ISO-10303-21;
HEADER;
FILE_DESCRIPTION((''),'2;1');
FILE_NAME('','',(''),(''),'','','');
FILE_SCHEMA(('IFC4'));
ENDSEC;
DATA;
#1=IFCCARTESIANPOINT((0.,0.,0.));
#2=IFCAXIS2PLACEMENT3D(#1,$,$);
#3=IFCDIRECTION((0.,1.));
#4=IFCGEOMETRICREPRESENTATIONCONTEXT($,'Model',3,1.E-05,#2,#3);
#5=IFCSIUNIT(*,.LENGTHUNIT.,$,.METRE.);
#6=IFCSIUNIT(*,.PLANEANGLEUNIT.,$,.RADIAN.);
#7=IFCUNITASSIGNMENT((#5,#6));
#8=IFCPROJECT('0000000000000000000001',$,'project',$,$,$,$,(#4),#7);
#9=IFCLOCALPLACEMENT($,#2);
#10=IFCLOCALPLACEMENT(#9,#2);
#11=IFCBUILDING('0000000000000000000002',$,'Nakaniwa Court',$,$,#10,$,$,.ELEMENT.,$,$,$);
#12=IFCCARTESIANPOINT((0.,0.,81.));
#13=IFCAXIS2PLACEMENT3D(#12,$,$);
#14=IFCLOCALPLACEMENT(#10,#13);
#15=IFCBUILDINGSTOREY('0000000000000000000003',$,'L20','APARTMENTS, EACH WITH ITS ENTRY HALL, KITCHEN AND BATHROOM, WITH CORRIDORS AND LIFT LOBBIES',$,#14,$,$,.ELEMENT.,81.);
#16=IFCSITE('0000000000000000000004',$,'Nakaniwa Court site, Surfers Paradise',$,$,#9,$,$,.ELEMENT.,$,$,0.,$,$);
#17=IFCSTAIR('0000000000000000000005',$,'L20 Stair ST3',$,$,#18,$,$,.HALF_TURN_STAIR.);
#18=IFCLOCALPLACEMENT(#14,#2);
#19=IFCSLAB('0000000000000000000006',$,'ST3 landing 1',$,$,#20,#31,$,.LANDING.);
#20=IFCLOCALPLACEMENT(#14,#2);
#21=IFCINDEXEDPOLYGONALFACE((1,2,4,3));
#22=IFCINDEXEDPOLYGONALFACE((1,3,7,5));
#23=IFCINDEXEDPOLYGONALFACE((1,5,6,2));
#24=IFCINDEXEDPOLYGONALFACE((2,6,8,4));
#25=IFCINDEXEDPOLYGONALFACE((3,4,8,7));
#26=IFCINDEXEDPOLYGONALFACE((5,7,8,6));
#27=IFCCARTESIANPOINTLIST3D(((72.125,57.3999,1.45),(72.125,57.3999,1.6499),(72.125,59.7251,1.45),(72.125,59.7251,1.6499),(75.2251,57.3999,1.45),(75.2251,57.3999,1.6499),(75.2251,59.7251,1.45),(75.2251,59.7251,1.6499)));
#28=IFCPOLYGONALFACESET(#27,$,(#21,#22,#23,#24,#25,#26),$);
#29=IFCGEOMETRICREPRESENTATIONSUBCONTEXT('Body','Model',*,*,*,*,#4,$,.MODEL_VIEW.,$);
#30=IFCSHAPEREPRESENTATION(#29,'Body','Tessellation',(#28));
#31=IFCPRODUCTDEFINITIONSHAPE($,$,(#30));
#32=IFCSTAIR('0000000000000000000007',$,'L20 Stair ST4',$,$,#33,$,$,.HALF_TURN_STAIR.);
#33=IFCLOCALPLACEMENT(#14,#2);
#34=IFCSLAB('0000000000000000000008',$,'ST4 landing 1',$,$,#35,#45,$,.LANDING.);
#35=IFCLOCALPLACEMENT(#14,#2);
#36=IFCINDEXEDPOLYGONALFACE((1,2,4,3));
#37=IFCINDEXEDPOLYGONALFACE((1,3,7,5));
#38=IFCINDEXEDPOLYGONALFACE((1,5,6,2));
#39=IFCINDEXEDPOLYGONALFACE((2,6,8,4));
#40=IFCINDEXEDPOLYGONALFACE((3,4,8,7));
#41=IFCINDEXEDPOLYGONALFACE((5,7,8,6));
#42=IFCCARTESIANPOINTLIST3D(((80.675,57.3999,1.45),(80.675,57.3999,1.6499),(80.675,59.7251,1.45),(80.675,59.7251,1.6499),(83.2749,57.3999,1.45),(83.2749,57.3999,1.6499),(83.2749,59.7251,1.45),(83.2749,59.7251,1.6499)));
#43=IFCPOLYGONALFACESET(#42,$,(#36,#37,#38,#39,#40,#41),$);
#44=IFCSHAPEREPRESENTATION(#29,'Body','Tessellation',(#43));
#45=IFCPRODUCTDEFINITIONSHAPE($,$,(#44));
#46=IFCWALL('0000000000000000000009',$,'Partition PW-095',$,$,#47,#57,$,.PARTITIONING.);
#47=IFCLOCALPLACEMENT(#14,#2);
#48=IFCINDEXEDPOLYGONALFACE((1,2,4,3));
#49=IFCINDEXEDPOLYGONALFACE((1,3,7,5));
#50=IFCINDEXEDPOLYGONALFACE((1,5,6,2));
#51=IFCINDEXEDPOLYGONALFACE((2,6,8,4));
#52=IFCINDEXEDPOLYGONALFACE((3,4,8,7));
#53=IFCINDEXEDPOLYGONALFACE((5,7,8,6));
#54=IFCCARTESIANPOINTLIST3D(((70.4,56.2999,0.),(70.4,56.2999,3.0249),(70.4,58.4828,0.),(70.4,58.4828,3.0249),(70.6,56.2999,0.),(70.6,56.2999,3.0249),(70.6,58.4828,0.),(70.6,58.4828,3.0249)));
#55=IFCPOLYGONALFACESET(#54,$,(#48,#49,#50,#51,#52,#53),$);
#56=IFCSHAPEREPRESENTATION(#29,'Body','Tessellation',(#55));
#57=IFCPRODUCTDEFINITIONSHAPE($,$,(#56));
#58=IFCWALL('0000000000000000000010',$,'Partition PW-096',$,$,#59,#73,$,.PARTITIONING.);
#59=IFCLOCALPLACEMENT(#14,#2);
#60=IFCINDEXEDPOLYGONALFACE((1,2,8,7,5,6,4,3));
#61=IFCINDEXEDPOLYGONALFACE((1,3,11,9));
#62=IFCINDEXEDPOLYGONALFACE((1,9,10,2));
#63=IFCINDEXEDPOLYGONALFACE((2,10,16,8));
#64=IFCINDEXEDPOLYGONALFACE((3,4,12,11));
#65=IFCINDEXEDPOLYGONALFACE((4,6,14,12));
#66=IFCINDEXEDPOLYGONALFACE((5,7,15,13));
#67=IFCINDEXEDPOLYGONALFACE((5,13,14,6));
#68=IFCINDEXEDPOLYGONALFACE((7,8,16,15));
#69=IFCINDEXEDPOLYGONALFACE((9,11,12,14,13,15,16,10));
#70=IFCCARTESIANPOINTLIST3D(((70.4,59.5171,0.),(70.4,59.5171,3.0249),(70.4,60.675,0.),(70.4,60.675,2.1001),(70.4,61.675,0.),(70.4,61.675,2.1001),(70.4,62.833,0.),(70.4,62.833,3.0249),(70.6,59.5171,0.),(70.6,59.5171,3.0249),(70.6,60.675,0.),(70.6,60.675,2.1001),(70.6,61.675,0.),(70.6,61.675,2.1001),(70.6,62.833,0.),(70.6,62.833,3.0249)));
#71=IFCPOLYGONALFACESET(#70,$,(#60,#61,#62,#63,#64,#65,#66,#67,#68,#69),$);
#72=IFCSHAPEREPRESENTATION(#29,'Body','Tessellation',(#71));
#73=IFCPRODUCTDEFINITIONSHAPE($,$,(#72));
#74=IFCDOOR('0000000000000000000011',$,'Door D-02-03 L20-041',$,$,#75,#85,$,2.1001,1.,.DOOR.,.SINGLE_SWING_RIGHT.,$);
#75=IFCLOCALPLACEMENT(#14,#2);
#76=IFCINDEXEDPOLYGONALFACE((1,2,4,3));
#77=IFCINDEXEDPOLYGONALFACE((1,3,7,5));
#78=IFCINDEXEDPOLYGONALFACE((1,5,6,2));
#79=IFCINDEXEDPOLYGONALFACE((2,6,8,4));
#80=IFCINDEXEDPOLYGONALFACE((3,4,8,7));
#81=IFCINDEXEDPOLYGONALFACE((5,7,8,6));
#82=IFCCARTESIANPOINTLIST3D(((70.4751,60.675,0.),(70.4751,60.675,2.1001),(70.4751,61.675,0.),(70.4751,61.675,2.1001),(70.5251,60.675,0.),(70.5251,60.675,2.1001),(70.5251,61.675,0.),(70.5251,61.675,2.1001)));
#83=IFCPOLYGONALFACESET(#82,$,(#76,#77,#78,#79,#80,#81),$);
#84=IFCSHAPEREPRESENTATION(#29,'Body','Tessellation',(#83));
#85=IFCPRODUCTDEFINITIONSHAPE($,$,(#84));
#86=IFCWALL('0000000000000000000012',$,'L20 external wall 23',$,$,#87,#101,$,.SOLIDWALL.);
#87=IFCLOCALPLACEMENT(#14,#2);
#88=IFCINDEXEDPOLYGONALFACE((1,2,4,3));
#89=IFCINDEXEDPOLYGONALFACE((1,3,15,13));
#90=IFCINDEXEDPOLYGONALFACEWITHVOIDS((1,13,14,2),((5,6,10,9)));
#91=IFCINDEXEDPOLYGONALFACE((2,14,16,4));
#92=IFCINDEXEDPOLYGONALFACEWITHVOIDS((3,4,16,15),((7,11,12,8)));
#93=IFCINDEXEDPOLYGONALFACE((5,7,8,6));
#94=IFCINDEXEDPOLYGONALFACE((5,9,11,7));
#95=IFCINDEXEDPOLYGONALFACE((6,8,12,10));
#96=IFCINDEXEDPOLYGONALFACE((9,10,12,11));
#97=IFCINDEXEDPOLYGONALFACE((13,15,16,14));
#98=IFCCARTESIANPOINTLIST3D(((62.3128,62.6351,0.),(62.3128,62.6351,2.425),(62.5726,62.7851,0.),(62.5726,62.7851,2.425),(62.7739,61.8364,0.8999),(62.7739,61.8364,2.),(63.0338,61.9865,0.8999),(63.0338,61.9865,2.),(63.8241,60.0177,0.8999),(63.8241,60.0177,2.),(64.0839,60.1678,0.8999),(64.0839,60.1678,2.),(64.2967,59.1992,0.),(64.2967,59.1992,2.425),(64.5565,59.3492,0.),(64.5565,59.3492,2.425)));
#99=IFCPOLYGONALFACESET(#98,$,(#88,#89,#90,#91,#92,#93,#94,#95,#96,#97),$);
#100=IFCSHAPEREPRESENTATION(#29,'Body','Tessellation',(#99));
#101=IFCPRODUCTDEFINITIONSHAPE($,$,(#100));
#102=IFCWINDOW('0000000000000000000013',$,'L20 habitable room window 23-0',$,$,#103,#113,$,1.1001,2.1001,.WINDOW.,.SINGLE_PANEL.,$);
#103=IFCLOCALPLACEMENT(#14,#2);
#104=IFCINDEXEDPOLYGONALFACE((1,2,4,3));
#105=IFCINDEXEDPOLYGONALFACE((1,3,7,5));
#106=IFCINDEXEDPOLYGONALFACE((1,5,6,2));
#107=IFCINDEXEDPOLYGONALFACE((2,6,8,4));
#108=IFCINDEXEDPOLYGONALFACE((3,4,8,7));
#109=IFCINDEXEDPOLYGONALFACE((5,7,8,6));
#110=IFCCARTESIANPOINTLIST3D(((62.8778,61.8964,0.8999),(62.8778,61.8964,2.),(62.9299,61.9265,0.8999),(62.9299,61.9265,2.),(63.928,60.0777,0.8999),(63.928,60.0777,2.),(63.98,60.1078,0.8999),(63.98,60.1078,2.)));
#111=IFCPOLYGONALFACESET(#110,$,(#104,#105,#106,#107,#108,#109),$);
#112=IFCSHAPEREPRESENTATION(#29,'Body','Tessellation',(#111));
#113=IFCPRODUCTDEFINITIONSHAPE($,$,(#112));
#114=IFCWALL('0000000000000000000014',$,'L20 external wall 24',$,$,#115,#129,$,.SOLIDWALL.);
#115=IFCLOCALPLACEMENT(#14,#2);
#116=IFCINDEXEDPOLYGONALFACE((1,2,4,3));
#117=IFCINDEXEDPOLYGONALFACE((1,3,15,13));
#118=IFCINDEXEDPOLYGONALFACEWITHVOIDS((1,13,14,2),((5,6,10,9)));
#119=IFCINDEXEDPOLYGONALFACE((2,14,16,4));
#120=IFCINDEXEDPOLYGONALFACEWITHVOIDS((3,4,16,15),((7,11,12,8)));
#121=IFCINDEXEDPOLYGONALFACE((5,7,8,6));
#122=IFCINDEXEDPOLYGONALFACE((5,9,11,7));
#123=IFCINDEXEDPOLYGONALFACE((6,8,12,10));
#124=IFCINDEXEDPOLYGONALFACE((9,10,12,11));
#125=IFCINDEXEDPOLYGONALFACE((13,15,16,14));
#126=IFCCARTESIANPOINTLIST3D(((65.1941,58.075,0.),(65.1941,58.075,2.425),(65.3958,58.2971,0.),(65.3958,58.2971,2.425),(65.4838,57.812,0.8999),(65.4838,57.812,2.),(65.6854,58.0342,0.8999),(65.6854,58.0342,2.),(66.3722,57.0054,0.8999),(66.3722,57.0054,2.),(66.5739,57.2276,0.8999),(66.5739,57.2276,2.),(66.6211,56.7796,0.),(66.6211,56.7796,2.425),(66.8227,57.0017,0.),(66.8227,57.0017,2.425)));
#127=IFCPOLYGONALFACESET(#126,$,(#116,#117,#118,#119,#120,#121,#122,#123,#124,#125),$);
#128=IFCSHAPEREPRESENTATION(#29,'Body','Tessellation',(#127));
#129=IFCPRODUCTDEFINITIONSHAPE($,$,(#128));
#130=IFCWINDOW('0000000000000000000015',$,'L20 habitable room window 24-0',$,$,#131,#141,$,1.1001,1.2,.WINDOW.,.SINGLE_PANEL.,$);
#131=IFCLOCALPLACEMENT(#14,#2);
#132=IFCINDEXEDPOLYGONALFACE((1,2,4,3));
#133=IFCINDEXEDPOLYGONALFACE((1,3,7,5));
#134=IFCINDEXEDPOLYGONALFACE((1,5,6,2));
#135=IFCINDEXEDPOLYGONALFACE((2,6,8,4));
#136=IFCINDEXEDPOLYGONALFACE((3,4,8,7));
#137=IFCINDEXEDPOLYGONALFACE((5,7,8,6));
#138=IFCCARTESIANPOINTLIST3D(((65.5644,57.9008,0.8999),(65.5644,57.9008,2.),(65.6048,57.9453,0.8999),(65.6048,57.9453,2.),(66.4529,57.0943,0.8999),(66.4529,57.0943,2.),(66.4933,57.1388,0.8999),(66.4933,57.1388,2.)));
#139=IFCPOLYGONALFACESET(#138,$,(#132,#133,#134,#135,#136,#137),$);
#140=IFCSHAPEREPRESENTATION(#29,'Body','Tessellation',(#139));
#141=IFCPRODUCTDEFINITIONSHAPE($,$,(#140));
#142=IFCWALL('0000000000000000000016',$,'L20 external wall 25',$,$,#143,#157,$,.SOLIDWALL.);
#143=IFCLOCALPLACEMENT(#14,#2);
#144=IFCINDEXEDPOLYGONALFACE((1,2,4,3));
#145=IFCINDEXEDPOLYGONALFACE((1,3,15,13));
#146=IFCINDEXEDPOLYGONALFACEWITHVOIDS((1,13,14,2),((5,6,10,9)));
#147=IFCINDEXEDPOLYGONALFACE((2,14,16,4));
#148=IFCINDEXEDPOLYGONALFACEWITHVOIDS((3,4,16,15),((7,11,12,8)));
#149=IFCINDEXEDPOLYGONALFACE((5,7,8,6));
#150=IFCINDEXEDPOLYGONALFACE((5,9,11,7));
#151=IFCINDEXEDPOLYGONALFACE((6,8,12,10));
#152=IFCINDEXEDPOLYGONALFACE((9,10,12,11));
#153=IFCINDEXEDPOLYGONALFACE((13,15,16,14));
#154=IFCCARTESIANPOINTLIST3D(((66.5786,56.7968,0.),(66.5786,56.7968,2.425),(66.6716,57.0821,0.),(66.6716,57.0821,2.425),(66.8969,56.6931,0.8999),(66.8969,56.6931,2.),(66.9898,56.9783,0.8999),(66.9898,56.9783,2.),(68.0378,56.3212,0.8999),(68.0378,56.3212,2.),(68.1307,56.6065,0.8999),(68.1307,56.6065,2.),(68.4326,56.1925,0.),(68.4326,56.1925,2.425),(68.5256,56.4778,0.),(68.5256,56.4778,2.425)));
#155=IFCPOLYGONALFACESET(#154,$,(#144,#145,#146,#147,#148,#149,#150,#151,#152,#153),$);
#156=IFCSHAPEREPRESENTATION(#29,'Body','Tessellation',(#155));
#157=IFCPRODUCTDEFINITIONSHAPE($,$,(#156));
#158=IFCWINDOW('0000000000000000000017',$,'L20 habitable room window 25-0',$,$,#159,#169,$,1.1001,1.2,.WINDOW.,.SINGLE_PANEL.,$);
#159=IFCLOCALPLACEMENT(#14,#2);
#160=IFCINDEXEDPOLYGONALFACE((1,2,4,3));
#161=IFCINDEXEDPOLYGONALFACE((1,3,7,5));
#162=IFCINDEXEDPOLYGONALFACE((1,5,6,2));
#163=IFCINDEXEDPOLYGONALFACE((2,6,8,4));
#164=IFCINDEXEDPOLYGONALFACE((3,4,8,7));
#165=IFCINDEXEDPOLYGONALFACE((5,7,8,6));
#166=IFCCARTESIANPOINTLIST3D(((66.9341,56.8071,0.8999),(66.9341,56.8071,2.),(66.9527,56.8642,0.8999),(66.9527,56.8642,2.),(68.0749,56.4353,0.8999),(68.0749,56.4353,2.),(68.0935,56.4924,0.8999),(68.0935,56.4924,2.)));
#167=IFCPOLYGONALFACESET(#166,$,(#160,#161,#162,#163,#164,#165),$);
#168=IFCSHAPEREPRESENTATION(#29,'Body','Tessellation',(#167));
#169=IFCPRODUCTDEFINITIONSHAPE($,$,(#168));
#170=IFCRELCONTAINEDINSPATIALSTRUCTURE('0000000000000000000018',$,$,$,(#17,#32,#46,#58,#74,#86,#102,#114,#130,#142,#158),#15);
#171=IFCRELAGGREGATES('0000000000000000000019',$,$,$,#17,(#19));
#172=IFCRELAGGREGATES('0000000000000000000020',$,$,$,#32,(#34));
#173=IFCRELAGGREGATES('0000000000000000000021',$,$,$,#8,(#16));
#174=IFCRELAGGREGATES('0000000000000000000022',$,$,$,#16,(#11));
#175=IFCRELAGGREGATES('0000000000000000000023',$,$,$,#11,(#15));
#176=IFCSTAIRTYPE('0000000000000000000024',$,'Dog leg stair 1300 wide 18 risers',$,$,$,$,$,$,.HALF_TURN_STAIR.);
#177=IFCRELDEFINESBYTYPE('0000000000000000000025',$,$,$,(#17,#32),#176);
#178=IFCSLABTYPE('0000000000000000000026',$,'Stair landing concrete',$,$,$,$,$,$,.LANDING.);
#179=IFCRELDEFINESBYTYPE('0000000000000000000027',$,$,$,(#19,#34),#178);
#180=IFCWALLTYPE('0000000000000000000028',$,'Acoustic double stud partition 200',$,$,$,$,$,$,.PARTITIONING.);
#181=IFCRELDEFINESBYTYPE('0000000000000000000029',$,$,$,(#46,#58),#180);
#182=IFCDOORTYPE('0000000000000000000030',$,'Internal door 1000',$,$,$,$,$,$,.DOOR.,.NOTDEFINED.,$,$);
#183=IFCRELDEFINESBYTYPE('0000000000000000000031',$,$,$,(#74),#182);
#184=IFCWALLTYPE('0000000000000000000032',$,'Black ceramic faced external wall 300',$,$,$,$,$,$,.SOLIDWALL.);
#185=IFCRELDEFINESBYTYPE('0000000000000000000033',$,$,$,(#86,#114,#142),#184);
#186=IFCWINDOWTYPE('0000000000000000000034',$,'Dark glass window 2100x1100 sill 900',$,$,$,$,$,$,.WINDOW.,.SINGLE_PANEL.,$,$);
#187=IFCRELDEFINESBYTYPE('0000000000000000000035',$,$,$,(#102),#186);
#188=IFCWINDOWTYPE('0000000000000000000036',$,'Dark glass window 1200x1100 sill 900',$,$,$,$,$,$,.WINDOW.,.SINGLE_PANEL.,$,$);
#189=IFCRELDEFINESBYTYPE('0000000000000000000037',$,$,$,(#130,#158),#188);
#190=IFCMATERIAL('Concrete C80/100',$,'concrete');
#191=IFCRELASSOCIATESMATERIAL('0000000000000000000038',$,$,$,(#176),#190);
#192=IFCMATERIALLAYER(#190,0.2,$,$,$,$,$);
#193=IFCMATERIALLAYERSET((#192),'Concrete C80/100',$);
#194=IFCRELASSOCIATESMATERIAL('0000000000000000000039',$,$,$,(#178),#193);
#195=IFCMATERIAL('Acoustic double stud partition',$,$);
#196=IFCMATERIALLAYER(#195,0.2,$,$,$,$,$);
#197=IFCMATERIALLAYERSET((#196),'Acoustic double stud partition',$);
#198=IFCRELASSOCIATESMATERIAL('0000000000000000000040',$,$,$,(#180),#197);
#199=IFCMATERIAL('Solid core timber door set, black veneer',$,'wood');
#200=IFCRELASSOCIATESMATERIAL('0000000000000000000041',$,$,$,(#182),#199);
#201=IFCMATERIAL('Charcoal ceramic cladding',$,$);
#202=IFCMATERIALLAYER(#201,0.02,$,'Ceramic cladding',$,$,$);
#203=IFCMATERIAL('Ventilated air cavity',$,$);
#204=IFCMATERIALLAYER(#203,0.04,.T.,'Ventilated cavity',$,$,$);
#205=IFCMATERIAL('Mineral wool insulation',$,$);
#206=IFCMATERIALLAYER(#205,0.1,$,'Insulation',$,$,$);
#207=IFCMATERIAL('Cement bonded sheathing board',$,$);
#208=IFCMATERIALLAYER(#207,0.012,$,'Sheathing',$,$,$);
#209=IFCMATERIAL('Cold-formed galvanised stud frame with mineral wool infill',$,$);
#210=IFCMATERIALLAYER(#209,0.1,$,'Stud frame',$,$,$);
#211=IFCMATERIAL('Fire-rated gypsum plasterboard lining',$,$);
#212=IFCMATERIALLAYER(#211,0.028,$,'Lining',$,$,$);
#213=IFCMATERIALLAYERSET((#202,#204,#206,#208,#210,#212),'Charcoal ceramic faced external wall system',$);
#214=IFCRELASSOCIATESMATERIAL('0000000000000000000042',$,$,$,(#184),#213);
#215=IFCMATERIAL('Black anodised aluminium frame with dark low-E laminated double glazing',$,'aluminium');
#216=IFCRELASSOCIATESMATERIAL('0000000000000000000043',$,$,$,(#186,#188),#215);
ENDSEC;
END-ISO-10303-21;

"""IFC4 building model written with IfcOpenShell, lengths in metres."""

from ifc_helpers import new_model, si_unit, direction, frame, frame_2d, origin, place, context, subcontext, project, spatial, polyline, rectangle, outline, extrude, material, layer, layer_set, type_object, element, fill, aggregate, save


model = new_model("IFC4")

# Units and contexts
model_context = context("Model", 3, precision=1e-05, world=origin(), true_north=direction((0.0, 1.0)))
body_context = subcontext(model_context, "Body", "Model", "MODEL_VIEW")
ifc_project = project(units=[si_unit("LENGTHUNIT", "METRE"), si_unit("PLANEANGLEUNIT", "RADIAN")], contexts=[model_context])

# Site, building, storey
site_placement = place(None, origin())
site = spatial("IfcSite", under=ifc_project, at=site_placement, Name="Nakaniwa Court site, Surfers Paradise", CompositionType="ELEMENT", RefElevation=0.0)
building_placement = place(site_placement, origin())
building = spatial("IfcBuilding", under=site, at=building_placement, Name="Nakaniwa Court", CompositionType="ELEMENT")
storey_placement = place(building_placement, frame((0.0, 0.0, 81.0)))
storey = spatial("IfcBuildingStorey", under=building, at=storey_placement, Name="L20", Description="APARTMENTS, EACH WITH ITS ENTRY HALL, KITCHEN AND BATHROOM, WITH CORRIDORS AND LIFT LOBBIES", CompositionType="ELEMENT", Elevation=81.0)

# Shared definitions
ifc_material_1 = material(Name="Concrete C80/100", Category="concrete")

# Stairs, slabs
stair_type = type_object("IfcStairType", Name="Dog leg stair 1300 wide 18 risers", PredefinedType="HALF_TURN_STAIR", material=ifc_material_1)
ifc_layer_1 = layer(ifc_material_1, 0.2)
ifc_layer_set_1 = layer_set([ifc_layer_1], Name="Concrete C80/100")
slab_type_1 = type_object("IfcSlabType", Name="Stair landing concrete", PredefinedType="LANDING", material=ifc_layer_set_1)
stair_1_placement = place(storey_placement, origin())
stair_1 = element("IfcStair", 1, at=stair_1_placement, inside=storey, type_object=stair_type, Name="L20 Stair ST3", PredefinedType="HALF_TURN_STAIR")
slab_1_placement = place(storey_placement, frame((0.0, 0.0, 1.45)))
slab_1 = element("IfcSlab", 2, at=slab_1_placement, type_object=slab_type_1, Name="ST3 landing 1", PredefinedType="LANDING", context=body_context, shape_type="SweptSolid", body=[
    extrude(outline(polyline([(75.2251, 57.3999), (75.2251, 59.7251), (72.125, 59.7251), (72.125, 57.3999), (75.2251, 57.3999)])), origin(), (0.0, 0.0, 1.0), 0.2),
])
aggregate(stair_1, [slab_1])
stair_2_placement = place(storey_placement, origin())
stair_2 = element("IfcStair", 3, at=stair_2_placement, inside=storey, type_object=stair_type, Name="L20 Stair ST4", PredefinedType="HALF_TURN_STAIR")
slab_2_placement = place(storey_placement, frame((0.0, 0.0, 1.45)))
slab_2 = element("IfcSlab", 4, at=slab_2_placement, type_object=slab_type_1, Name="ST4 landing 1", PredefinedType="LANDING", context=body_context, shape_type="SweptSolid", body=[
    extrude(outline(polyline([(83.2749, 57.3999), (83.2749, 59.7251), (80.675, 59.7251), (80.675, 57.3999), (83.2749, 57.3999)])), origin(), (0.0, 0.0, 1.0), 0.2),
])
aggregate(stair_2, [slab_2])

# Wall
ifc_material_2 = material(Name="Acoustic double stud partition")
ifc_layer_2 = layer(ifc_material_2, 0.2)
ifc_layer_set_2 = layer_set([ifc_layer_2], Name="Acoustic double stud partition")
wall_type_1 = type_object("IfcWallType", Name="Acoustic double stud partition 200", PredefinedType="PARTITIONING", material=ifc_layer_set_2)
wall_1_placement = place(storey_placement, frame((70.5, 56.3, 0.0), z_axis=(0.0, 0.0, 1.0), x_axis=(0.0, 1.0, 0.0)))
element("IfcWall", 5, at=wall_1_placement, inside=storey, type_object=wall_type_1, Name="Partition PW-095", PredefinedType="PARTITIONING", context=body_context, shape_type="SweptSolid", body=[
    extrude(rectangle(XDim=2.1829, YDim=0.2, at=frame_2d((1.0913, 0.0))), origin(), (0.0, 0.0, 1.0), 3.0249),
])

# Wall, opening, door
wall_2_placement = place(storey_placement, frame((70.5, 59.5171, 0.0), z_axis=(0.0, 0.0, 1.0), x_axis=(0.0, 1.0, 0.0)))
wall_2 = element("IfcWall", 6, at=wall_2_placement, inside=storey, type_object=wall_type_1, Name="Partition PW-096", PredefinedType="PARTITIONING", context=body_context, shape_type="SweptSolid", body=[
    extrude(rectangle(XDim=3.3159, YDim=0.2, at=frame_2d((1.658, 0.0))), origin(), (0.0, 0.0, 1.0), 3.0249),
])
opening_1_placement = place(wall_2_placement, frame((1.158, 0.0, 0.0)))
opening_1 = element("IfcOpeningElement", 7, at=opening_1_placement, cuts=wall_2, PredefinedType="OPENING", context=body_context, shape_type="SweptSolid", body=[
    extrude(rectangle(XDim=1.0, YDim=2.1001, at=frame_2d((0.5, 1.05))), frame((0.0, 0.1099, 0.0), z_axis=(0.0, -1.0, 0.0), x_axis=(1.0, 0.0, 0.0)), (0.0, 0.0, 1.0), 0.22),
])
ifc_material_3 = material(Name="Solid core timber door set, black veneer", Category="wood")
door_type = type_object("IfcDoorType", Name="Internal door 1000", OperationType="NOTDEFINED", PredefinedType="DOOR", material=ifc_material_3)
door_placement = place(opening_1_placement, origin())
door = element("IfcDoor", 8, at=door_placement, inside=storey, type_object=door_type, Name="Door D-02-03 L20-041", OperationType="SINGLE_SWING_RIGHT", OverallHeight=2.1001, OverallWidth=1.0, PredefinedType="DOOR", context=body_context, shape_type="SweptSolid", body=[
    extrude(rectangle(XDim=1.0, YDim=2.1001, at=frame_2d((0.5, 1.05))), frame((0.0, 0.0249, 0.0), z_axis=(0.0, -1.0, 0.0), x_axis=(1.0, 0.0, 0.0)), (0.0, 0.0, 1.0), 0.05),
])
fill(opening_1, door)

# Walls, openings, windows
ifc_material_4 = material(Name="Charcoal ceramic cladding")
ifc_layer_3 = layer(ifc_material_4, 0.02, Name="Ceramic cladding")
ifc_material_5 = material(Name="Ventilated air cavity")
ifc_layer_4 = layer(ifc_material_5, 0.04, ventilated=True, Name="Ventilated cavity")
ifc_material_6 = material(Name="Mineral wool insulation")
ifc_layer_5 = layer(ifc_material_6, 0.1, Name="Insulation")
ifc_material_7 = material(Name="Cement bonded sheathing board")
ifc_layer_6 = layer(ifc_material_7, 0.012, Name="Sheathing")
ifc_material_8 = material(Name="Cold-formed galvanised stud frame with mineral wool infill")
ifc_layer_7 = layer(ifc_material_8, 0.1, Name="Stud frame")
ifc_material_9 = material(Name="Fire-rated gypsum plasterboard lining")
ifc_layer_8 = layer(ifc_material_9, 0.028, Name="Lining")
ifc_layer_set_3 = layer_set([ifc_layer_3, ifc_layer_4, ifc_layer_5, ifc_layer_6, ifc_layer_7, ifc_layer_8], Name="Charcoal ceramic faced external wall system")
wall_type_2 = type_object("IfcWallType", Name="Black ceramic faced external wall 300", PredefinedType="SOLIDWALL", material=ifc_layer_set_3)
wall_3_placement = place(storey_placement, frame((62.4426, 62.7102, 0.0), z_axis=(0.0, 0.0, 1.0), x_axis=(0.500044, -0.866, 0.0)))
wall_3 = element("IfcWall", 9, at=wall_3_placement, inside=storey, type_object=wall_type_2, Name="L20 external wall 23", PredefinedType="SOLIDWALL", context=body_context, shape_type="SweptSolid", body=[
    extrude(rectangle(XDim=3.9675, YDim=0.3, at=frame_2d((1.9839, 0.0))), origin(), (0.0, 0.0, 1.0), 2.425),
])
opening_2_placement = place(wall_3_placement, frame((0.9224, 0.0, 0.8999)))
opening_2 = element("IfcOpeningElement", 10, at=opening_2_placement, cuts=wall_3, PredefinedType="OPENING", context=body_context, shape_type="SweptSolid", body=[
    extrude(rectangle(XDim=2.1001, YDim=1.1001, at=frame_2d((1.05, 0.55))), frame((0.0, 0.1599, 0.0), z_axis=(0.0, -1.0, 0.0), x_axis=(1.0, 0.0, 0.0)), (0.0, 0.0, 1.0), 0.3201),
])
ifc_material_10 = material(Name="Black anodised aluminium frame with dark low-E laminated double glazing", Category="aluminium")
window_type_1 = type_object("IfcWindowType", Name="Dark glass window 2100x1100 sill 900", PartitioningType="SINGLE_PANEL", PredefinedType="WINDOW", material=ifc_material_10)
window_1_placement = place(opening_2_placement, origin())
window_1 = element("IfcWindow", 11, at=window_1_placement, inside=storey, type_object=window_type_1, Name="L20 habitable room window 23-0", OverallHeight=1.1001, OverallWidth=2.1001, PartitioningType="SINGLE_PANEL", PredefinedType="WINDOW", context=body_context, shape_type="SweptSolid", body=[
    extrude(rectangle(XDim=2.1001, YDim=1.1001, at=frame_2d((1.05, 0.55))), frame((0.0, 0.03, 0.0), z_axis=(0.0, -1.0, 0.0), x_axis=(1.0, 0.0, 0.0)), (0.0, 0.0, 1.0), 0.0601),
])
fill(opening_2, window_1)
wall_4_placement = place(storey_placement, frame((65.2949, 58.186, 0.0), z_axis=(0.0, 0.0, 1.0), x_axis=(0.740421, -0.672143, 0.0)))
wall_4 = element("IfcWall", 12, at=wall_4_placement, inside=storey, type_object=wall_type_2, Name="L20 external wall 24", PredefinedType="SOLIDWALL", context=body_context, shape_type="SweptSolid", body=[
    extrude(rectangle(XDim=1.9272, YDim=0.3, at=frame_2d((0.9636, 0.0))), origin(), (0.0, 0.0, 1.0), 2.425),
])
opening_3_placement = place(wall_4_placement, frame((0.3911, 0.0, 0.8999)))
opening_3 = element("IfcOpeningElement", 13, at=opening_3_placement, cuts=wall_4, PredefinedType="OPENING", context=body_context, shape_type="SweptSolid", body=[
    extrude(rectangle(XDim=1.2, YDim=1.1001, at=frame_2d((0.6001, 0.55))), frame((0.0, 0.1599, 0.0), z_axis=(0.0, -1.0, 0.0), x_axis=(1.0, 0.0, 0.0)), (0.0, 0.0, 1.0), 0.3201),
])
window_type_2 = type_object("IfcWindowType", Name="Dark glass window 1200x1100 sill 900", PartitioningType="SINGLE_PANEL", PredefinedType="WINDOW", material=ifc_material_10)
window_2_placement = place(opening_3_placement, origin())
window_2 = element("IfcWindow", 14, at=window_2_placement, inside=storey, type_object=window_type_2, Name="L20 habitable room window 24-0", OverallHeight=1.1001, OverallWidth=1.2, PartitioningType="SINGLE_PANEL", PredefinedType="WINDOW", context=body_context, shape_type="SweptSolid", body=[
    extrude(rectangle(XDim=1.2, YDim=1.1001, at=frame_2d((0.6001, 0.55))), frame((0.0, 0.03, 0.0), z_axis=(0.0, -1.0, 0.0), x_axis=(1.0, 0.0, 0.0)), (0.0, 0.0, 1.0), 0.0601),
])
fill(opening_3, window_2)
wall_5_placement = place(storey_placement, frame((66.625, 56.9395, 0.0), z_axis=(0.0, 0.0, 1.0), x_axis=(0.950778, -0.309873, 0.0)))
wall_5 = element("IfcWall", 15, at=wall_5_placement, inside=storey, type_object=wall_type_2, Name="L20 external wall 25", PredefinedType="SOLIDWALL", context=body_context, shape_type="SweptSolid", body=[
    extrude(rectangle(XDim=1.95, YDim=0.3, at=frame_2d((0.9751, 0.0))), origin(), (0.0, 0.0, 1.0), 2.425),
])
opening_4_placement = place(wall_5_placement, frame((0.3347, 0.0, 0.8999)))
opening_4 = element("IfcOpeningElement", 16, at=opening_4_placement, cuts=wall_5, PredefinedType="OPENING", context=body_context, shape_type="SweptSolid", body=[
    extrude(rectangle(XDim=1.2, YDim=1.1001, at=frame_2d((0.6001, 0.55))), frame((0.0, 0.1599, 0.0), z_axis=(0.0, -1.0, 0.0), x_axis=(1.0, 0.0, 0.0)), (0.0, 0.0, 1.0), 0.3201),
])
window_3_placement = place(opening_4_placement, origin())
window_3 = element("IfcWindow", 17, at=window_3_placement, inside=storey, type_object=window_type_2, Name="L20 habitable room window 25-0", OverallHeight=1.1001, OverallWidth=1.2, PartitioningType="SINGLE_PANEL", PredefinedType="WINDOW", context=body_context, shape_type="SweptSolid", body=[
    extrude(rectangle(XDim=1.2, YDim=1.1001, at=frame_2d((0.6001, 0.55))), frame((0.0, 0.03, 0.0), z_axis=(0.0, -1.0, 0.0), x_axis=(1.0, 0.0, 0.0)), (0.0, 0.0, 1.0), 0.0601),
])
fill(opening_4, window_3)

save(model, "model.ifc")
